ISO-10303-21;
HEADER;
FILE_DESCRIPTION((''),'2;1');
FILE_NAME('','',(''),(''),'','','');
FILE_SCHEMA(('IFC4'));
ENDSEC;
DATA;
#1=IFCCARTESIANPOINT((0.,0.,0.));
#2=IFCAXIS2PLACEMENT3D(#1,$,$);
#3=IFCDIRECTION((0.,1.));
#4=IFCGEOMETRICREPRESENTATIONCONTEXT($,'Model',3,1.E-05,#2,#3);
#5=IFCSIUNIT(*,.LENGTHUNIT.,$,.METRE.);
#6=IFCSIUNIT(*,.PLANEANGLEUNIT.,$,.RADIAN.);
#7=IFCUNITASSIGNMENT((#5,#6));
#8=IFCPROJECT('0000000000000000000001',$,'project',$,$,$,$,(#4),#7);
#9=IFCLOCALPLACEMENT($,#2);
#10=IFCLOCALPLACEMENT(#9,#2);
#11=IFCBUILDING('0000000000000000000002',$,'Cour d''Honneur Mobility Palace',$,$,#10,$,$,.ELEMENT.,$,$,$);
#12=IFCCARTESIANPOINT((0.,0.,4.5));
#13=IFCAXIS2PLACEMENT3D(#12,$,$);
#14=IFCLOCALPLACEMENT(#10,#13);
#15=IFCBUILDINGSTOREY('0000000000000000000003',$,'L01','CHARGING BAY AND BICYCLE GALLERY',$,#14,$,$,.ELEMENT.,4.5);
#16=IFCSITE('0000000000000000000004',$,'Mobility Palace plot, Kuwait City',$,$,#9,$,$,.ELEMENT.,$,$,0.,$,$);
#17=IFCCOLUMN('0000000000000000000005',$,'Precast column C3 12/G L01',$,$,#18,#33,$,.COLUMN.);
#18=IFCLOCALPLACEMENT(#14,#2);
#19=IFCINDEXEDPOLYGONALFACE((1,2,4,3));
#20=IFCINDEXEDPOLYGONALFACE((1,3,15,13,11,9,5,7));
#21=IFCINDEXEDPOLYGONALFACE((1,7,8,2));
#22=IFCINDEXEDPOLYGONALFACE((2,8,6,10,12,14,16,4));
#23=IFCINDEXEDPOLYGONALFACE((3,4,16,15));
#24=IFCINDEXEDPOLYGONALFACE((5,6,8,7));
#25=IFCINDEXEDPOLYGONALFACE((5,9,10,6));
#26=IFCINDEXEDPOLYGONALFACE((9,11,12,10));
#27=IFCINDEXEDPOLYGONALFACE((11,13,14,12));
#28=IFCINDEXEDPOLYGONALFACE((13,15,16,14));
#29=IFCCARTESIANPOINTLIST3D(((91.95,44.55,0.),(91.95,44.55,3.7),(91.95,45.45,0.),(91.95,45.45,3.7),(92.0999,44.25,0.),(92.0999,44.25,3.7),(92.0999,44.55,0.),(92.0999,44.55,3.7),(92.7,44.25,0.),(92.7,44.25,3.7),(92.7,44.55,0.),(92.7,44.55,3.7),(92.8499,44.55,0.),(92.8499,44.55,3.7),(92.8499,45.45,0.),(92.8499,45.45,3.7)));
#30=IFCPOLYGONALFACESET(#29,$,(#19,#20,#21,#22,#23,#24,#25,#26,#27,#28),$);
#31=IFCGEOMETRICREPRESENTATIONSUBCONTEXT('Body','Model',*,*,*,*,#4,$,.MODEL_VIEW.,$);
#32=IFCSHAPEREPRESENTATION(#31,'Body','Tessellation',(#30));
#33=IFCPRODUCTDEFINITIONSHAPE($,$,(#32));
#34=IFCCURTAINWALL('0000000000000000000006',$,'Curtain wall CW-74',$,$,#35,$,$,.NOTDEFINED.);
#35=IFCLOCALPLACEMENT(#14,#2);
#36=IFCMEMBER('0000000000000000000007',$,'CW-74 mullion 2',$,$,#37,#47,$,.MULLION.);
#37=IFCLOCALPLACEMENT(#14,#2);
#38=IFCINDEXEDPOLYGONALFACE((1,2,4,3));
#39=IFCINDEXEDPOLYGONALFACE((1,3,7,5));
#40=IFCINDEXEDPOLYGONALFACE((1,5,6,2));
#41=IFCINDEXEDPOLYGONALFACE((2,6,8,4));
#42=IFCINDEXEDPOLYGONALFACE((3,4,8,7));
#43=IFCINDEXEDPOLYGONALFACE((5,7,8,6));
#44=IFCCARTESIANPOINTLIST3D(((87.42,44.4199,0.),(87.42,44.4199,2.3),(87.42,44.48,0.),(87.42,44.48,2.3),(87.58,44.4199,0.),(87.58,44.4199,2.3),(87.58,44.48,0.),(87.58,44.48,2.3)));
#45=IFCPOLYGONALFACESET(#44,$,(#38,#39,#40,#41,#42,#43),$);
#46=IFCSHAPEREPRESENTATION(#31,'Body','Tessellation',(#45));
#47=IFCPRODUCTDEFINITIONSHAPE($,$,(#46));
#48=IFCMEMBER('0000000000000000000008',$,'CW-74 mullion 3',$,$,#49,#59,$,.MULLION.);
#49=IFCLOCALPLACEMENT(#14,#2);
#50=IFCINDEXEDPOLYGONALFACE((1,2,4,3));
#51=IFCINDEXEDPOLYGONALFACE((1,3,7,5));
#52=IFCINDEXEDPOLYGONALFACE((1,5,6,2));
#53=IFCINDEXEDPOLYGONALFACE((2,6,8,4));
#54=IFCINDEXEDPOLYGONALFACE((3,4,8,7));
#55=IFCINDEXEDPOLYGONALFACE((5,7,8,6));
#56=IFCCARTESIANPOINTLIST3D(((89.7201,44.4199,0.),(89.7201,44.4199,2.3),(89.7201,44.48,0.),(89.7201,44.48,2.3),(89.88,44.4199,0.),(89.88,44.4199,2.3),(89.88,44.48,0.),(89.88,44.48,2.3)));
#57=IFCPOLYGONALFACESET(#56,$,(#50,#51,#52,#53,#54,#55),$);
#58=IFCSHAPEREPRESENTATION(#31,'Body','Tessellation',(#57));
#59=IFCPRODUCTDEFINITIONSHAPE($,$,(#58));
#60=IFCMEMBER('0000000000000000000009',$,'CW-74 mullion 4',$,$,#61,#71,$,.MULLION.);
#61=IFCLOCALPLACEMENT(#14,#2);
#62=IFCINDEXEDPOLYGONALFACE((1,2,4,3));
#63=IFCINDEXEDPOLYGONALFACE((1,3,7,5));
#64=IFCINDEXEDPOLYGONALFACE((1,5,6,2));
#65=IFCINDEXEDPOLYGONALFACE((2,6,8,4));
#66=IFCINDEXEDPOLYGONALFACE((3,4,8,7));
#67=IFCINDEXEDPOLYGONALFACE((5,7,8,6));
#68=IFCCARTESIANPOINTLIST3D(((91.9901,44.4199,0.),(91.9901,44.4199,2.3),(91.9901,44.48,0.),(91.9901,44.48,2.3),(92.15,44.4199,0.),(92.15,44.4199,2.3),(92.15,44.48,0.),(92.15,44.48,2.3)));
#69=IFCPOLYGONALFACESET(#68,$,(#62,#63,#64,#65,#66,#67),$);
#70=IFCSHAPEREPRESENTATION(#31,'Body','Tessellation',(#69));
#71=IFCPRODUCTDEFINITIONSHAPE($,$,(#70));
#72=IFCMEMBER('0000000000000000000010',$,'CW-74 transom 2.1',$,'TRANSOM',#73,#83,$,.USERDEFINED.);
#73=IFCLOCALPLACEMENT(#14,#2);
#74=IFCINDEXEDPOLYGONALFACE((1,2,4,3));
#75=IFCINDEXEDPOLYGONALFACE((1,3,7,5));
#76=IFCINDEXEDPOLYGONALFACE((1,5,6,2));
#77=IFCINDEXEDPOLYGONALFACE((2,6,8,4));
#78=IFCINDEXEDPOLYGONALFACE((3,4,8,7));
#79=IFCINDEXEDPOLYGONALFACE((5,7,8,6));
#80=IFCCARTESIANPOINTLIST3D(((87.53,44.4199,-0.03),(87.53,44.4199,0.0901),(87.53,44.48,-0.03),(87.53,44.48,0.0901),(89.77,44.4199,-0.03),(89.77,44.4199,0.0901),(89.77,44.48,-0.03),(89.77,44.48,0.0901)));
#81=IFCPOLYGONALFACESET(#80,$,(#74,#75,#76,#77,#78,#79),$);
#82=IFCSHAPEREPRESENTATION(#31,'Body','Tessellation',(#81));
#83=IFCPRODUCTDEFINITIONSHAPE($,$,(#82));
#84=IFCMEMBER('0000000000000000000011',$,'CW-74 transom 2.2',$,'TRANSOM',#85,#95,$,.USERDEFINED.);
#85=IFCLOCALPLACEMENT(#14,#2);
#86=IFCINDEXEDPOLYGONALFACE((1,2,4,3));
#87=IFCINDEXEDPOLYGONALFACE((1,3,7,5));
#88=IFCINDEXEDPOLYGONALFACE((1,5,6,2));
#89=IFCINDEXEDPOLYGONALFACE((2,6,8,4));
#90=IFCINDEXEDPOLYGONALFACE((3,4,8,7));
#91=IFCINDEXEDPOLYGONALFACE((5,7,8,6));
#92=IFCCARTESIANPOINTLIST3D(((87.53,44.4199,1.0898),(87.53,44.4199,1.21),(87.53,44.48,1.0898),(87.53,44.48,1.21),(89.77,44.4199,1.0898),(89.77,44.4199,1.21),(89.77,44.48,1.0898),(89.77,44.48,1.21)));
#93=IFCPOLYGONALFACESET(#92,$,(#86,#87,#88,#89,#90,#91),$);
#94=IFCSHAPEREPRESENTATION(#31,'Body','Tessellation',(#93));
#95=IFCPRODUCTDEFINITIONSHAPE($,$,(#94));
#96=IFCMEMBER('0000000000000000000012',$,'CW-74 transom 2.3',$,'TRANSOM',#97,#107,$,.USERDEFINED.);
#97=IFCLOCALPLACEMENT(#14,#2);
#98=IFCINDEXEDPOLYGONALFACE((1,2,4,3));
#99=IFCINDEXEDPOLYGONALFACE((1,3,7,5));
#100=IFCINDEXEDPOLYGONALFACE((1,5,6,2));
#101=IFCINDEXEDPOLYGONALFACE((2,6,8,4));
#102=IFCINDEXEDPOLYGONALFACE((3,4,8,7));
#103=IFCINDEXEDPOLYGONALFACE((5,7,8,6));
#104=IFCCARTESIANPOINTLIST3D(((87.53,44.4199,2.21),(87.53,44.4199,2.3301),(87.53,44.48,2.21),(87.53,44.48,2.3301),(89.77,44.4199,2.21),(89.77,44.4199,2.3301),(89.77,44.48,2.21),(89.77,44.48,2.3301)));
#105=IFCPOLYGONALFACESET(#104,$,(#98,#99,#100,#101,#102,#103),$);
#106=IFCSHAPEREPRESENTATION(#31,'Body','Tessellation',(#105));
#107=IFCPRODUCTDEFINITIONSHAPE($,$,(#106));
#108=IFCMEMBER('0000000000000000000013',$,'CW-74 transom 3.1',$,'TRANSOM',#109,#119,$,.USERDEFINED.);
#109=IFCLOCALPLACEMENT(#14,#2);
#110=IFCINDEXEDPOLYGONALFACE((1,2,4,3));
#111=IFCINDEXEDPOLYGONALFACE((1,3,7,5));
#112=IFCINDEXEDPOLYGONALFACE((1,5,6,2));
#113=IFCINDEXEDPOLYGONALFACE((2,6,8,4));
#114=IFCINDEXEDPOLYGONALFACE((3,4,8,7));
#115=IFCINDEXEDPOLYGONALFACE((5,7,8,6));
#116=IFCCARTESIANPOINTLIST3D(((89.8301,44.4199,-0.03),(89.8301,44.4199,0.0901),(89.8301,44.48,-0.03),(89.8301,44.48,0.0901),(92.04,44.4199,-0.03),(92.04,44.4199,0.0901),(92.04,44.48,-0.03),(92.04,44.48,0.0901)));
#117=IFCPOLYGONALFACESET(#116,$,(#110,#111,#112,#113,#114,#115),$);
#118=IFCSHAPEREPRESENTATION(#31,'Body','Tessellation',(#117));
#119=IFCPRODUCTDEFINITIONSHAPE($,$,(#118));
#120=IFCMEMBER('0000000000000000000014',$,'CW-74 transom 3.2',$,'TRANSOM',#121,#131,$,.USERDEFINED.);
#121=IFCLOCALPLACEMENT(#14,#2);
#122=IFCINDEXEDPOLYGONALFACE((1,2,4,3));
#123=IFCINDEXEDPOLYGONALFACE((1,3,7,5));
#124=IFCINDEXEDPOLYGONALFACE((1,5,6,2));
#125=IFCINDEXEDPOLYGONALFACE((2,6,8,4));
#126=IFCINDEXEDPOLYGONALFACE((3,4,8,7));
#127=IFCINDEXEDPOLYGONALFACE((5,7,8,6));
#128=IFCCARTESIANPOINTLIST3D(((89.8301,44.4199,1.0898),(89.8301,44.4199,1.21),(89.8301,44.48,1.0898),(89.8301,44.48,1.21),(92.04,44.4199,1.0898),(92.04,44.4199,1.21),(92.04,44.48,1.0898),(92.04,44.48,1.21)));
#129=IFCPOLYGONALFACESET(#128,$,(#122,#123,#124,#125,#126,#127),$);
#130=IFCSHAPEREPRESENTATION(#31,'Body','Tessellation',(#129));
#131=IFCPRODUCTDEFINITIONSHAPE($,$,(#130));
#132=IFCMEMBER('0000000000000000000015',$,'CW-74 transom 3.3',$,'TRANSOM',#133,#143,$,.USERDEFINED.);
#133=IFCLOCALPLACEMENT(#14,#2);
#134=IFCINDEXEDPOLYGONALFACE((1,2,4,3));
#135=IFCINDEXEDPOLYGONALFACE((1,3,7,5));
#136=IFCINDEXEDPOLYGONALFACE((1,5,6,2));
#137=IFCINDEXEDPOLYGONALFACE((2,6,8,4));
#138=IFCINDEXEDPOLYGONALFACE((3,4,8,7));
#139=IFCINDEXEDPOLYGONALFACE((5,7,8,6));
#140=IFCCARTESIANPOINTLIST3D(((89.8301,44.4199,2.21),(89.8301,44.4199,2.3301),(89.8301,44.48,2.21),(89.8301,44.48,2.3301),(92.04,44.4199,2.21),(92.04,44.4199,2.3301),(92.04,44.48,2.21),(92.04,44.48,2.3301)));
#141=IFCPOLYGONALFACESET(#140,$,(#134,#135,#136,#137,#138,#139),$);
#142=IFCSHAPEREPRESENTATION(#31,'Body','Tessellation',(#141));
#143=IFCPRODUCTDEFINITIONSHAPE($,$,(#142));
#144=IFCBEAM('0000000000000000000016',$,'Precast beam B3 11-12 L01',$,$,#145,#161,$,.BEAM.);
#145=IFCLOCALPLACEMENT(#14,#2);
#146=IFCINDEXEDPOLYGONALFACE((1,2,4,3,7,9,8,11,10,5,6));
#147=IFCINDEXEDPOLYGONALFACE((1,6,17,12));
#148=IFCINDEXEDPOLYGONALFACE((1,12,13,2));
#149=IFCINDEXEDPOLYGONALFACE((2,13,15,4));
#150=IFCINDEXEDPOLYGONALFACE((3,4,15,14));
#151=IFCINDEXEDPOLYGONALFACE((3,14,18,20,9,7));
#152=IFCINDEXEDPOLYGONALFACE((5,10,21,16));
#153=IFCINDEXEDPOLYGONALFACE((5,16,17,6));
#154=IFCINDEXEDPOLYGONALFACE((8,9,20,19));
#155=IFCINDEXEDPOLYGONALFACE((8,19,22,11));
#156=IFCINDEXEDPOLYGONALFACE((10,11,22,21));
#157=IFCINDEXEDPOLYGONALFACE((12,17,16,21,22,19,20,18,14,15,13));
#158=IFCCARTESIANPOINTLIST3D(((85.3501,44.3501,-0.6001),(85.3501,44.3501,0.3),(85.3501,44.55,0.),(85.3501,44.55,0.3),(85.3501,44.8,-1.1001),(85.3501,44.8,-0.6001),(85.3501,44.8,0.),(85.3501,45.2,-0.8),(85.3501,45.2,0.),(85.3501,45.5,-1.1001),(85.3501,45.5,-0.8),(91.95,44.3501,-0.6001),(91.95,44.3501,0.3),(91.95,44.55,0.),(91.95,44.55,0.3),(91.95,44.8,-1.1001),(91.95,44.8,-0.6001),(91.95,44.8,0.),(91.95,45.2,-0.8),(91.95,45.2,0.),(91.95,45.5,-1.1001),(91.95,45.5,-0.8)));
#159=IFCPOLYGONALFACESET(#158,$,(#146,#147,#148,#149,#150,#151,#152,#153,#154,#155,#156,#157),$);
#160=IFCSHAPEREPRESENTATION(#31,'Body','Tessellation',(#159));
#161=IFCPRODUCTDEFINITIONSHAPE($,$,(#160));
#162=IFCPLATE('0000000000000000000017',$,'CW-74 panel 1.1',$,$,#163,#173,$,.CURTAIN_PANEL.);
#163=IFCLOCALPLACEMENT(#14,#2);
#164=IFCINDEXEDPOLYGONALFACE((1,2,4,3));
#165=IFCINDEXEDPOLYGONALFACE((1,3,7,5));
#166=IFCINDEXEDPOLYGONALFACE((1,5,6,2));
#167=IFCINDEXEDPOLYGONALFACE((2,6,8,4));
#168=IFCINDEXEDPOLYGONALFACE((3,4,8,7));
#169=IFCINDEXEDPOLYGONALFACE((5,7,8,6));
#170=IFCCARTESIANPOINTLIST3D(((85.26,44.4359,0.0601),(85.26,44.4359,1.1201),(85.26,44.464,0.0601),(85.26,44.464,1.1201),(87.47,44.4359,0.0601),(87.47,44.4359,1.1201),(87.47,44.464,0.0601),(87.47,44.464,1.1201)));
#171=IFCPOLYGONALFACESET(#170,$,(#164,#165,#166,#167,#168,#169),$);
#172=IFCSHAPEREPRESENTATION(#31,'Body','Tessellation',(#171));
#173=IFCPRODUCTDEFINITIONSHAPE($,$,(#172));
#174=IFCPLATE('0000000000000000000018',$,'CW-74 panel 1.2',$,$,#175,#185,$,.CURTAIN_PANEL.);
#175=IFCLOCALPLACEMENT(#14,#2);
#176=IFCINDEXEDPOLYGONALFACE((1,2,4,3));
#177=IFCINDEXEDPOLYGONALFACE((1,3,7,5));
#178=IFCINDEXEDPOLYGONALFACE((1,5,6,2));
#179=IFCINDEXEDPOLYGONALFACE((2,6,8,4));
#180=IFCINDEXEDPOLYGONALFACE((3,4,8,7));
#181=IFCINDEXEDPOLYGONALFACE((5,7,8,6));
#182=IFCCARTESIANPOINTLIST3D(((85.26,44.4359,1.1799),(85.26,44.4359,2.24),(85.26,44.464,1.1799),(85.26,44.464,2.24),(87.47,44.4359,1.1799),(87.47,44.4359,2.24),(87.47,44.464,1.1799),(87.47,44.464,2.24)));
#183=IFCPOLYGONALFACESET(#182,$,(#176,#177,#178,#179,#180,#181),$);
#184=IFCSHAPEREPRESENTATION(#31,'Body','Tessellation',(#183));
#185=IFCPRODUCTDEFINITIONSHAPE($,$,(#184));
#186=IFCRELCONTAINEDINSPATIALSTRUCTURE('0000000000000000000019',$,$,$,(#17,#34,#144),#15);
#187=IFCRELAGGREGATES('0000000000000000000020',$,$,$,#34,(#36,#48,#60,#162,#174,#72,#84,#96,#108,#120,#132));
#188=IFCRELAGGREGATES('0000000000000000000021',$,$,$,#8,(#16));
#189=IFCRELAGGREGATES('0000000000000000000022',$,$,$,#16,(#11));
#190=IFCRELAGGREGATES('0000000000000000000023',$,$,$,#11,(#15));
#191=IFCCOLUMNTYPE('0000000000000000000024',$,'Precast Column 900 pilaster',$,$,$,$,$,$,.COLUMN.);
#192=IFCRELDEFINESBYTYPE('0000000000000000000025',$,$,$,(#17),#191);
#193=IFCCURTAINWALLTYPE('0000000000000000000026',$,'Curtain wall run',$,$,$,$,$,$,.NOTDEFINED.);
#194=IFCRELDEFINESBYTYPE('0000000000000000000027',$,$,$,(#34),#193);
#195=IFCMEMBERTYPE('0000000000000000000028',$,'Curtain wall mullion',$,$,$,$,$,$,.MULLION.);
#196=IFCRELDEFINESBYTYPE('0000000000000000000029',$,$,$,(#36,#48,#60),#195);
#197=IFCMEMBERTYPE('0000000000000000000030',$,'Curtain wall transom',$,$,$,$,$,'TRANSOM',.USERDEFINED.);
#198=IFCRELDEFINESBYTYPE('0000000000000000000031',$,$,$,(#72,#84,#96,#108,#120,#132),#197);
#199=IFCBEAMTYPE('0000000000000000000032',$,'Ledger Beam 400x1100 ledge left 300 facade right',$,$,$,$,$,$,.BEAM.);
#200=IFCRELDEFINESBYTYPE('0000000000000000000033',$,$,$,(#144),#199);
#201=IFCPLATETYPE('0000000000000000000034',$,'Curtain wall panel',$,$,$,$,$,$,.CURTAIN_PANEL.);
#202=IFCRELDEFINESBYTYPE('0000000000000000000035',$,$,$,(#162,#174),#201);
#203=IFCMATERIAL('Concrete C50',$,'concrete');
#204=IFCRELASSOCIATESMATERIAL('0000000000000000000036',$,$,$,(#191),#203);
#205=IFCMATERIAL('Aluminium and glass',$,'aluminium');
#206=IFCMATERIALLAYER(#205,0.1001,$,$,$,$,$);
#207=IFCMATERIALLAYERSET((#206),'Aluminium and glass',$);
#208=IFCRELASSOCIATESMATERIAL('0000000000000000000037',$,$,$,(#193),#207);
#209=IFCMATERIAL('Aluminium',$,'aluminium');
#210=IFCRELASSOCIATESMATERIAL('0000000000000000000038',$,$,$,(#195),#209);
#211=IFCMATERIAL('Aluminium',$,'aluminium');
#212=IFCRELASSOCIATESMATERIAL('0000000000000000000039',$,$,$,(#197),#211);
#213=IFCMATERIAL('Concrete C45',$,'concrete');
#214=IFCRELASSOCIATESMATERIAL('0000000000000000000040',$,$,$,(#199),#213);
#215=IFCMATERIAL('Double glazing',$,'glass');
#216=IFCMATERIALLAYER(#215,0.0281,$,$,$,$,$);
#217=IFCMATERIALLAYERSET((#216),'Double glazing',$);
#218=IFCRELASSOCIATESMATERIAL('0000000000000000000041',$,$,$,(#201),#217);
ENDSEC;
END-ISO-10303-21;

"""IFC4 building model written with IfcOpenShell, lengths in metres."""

from ifc_helpers import new_model, si_unit, direction, frame, origin, origin_2d, place, context, subcontext, project, spatial, polyline, rectangle, outline, extrude, material, layer, layer_set, material_profile, profile_set, type_object, element, aggregate, save


model = new_model("IFC4")

# Units and contexts
model_context = context("Model", 3, precision=1e-05, world=origin(), true_north=direction((0.0, 1.0)))
body_context = subcontext(model_context, "Body", "Model", "MODEL_VIEW")
ifc_project = project(units=[si_unit("LENGTHUNIT", "METRE"), si_unit("PLANEANGLEUNIT", "RADIAN")], contexts=[model_context])

# Site, building, storey
site_placement = place(None, origin())
site = spatial("IfcSite", under=ifc_project, at=site_placement, Name="Mobility Palace plot, Kuwait City", CompositionType="ELEMENT", RefElevation=0.0)
building_placement = place(site_placement, origin())
building = spatial("IfcBuilding", under=site, at=building_placement, Name="Cour d'Honneur Mobility Palace", CompositionType="ELEMENT")
storey_placement = place(building_placement, frame((0.0, 0.0, 4.5)))
storey = spatial("IfcBuildingStorey", under=building, at=storey_placement, Name="L01", Description="CHARGING BAY AND BICYCLE GALLERY", CompositionType="ELEMENT", Elevation=4.5)

# Column
ifc_material_1 = material(Name="Concrete C50", Category="concrete")
ifc_material_profile_1 = material_profile(ifc_material_1, outline(polyline([(-0.45, -0.45), (0.45, -0.45), (0.45, -0.3), (0.75, -0.3), (0.75, 0.3), (0.45, 0.3), (0.45, 0.45), (-0.45, 0.45), (-0.45, -0.45)])), Name="PC C900 pilaster")
ifc_profile_set_1 = profile_set([ifc_material_profile_1], Name="Concrete C50")
column_type = type_object("IfcColumnType", Name="Precast Column 900 pilaster", PredefinedType="COLUMN", material=ifc_profile_set_1)
column_placement = place(storey_placement, frame((92.3999, 45.0, 0.0), z_axis=(0.0, 0.0, 1.0), x_axis=(0.0, -1.0, 0.0)))
element("IfcColumn", 1, at=column_placement, inside=storey, type_object=column_type, Name="Precast column C3 12/G L01", PredefinedType="COLUMN", context=body_context, shape_type="SweptSolid", body=[
    extrude(outline(polyline([(-0.45, -0.45), (0.45, -0.45), (0.45, -0.3), (0.75, -0.3), (0.75, 0.3), (0.45, 0.3), (0.45, 0.45), (-0.45, 0.45), (-0.45, -0.45)])), origin(), (0.0, 0.0, 1.0), 3.7),
])

# Curtain wall, members
ifc_material_2 = material(Name="Aluminium and glass", Category="aluminium")
ifc_layer_1 = layer(ifc_material_2, 0.1001)
ifc_layer_set_1 = layer_set([ifc_layer_1], Name="Aluminium and glass")
curtain_wall_type = type_object("IfcCurtainWallType", Name="Curtain wall run", PredefinedType="NOTDEFINED", material=ifc_layer_set_1)
curtain_wall_placement = place(storey_placement, origin())
curtain_wall = element("IfcCurtainWall", 2, at=curtain_wall_placement, inside=storey, type_object=curtain_wall_type, Name="Curtain wall CW-74", PredefinedType="NOTDEFINED")
ifc_material_3 = material(Name="Aluminium", Category="aluminium")
ifc_material_profile_2 = material_profile(ifc_material_3, rectangle(XDim=0.0601, YDim=0.1599, at=origin_2d()), Name="Curtain wall mullion")
ifc_profile_set_2 = profile_set([ifc_material_profile_2], Name="Aluminium")
member_type_1 = type_object("IfcMemberType", Name="Curtain wall mullion", PredefinedType="MULLION", material=ifc_profile_set_2)
member_1_placement = place(storey_placement, frame((87.5, 44.45, 0.0), z_axis=(0.0, 0.0, 1.0), x_axis=(0.0, 1.0, 0.0)))
member_1 = element("IfcMember", 3, at=member_1_placement, type_object=member_type_1, Name="CW-74 mullion 2", PredefinedType="MULLION", context=body_context, shape_type="SweptSolid", body=[
    extrude(rectangle(XDim=0.0601, YDim=0.1599, at=origin_2d()), origin(), (0.0, 0.0, 1.0), 2.3),
])
member_2_placement = place(storey_placement, frame((89.8, 44.45, 0.0), z_axis=(0.0, 0.0, 1.0), x_axis=(0.0, 1.0, 0.0)))
member_2 = element("IfcMember", 4, at=member_2_placement, type_object=member_type_1, Name="CW-74 mullion 3", PredefinedType="MULLION", context=body_context, shape_type="SweptSolid", body=[
    extrude(rectangle(XDim=0.0601, YDim=0.1599, at=origin_2d()), origin(), (0.0, 0.0, 1.0), 2.3),
])
member_3_placement = place(storey_placement, frame((92.0701, 44.45, 0.0), z_axis=(0.0, 0.0, 1.0), x_axis=(0.0, 1.0, 0.0)))
member_3 = element("IfcMember", 5, at=member_3_placement, type_object=member_type_1, Name="CW-74 mullion 4", PredefinedType="MULLION", context=body_context, shape_type="SweptSolid", body=[
    extrude(rectangle(XDim=0.0601, YDim=0.1599, at=origin_2d()), origin(), (0.0, 0.0, 1.0), 2.3),
])
ifc_material_4 = material(Name="Aluminium", Category="aluminium")
ifc_material_profile_3 = material_profile(ifc_material_4, rectangle(XDim=0.0601, YDim=0.1201, at=origin_2d()), Name="Curtain wall transom")
ifc_profile_set_3 = profile_set([ifc_material_profile_3], Name="Aluminium")
member_type_2 = type_object("IfcMemberType", Name="Curtain wall transom", ElementType="TRANSOM", PredefinedType="USERDEFINED", material=ifc_profile_set_3)
member_4_placement = place(storey_placement, frame((87.53, 44.45, 0.03), z_axis=(1.0, 0.0, 0.0), x_axis=(0.0, 1.0, 0.0)))
member_4 = element("IfcMember", 6, at=member_4_placement, type_object=member_type_2, Name="CW-74 transom 2.1", ObjectType="TRANSOM", PredefinedType="USERDEFINED", context=body_context, shape_type="SweptSolid", body=[
    extrude(rectangle(XDim=0.0601, YDim=0.1201, at=origin_2d()), origin(), (0.0, 0.0, 1.0), 2.24),
])
member_5_placement = place(storey_placement, frame((87.53, 44.45, 1.1499), z_axis=(1.0, 0.0, 0.0), x_axis=(0.0, 1.0, 0.0)))
member_5 = element("IfcMember", 7, at=member_5_placement, type_object=member_type_2, Name="CW-74 transom 2.2", ObjectType="TRANSOM", PredefinedType="USERDEFINED", context=body_context, shape_type="SweptSolid", body=[
    extrude(rectangle(XDim=0.0601, YDim=0.1201, at=origin_2d()), origin(), (0.0, 0.0, 1.0), 2.24),
])
member_6_placement = place(storey_placement, frame((87.53, 44.45, 2.27), z_axis=(1.0, 0.0, 0.0), x_axis=(0.0, 1.0, 0.0)))
member_6 = element("IfcMember", 8, at=member_6_placement, type_object=member_type_2, Name="CW-74 transom 2.3", ObjectType="TRANSOM", PredefinedType="USERDEFINED", context=body_context, shape_type="SweptSolid", body=[
    extrude(rectangle(XDim=0.0601, YDim=0.1201, at=origin_2d()), origin(), (0.0, 0.0, 1.0), 2.24),
])
member_7_placement = place(storey_placement, frame((89.8301, 44.45, 0.03), z_axis=(1.0, 0.0, 0.0), x_axis=(0.0, 1.0, 0.0)))
member_7 = element("IfcMember", 9, at=member_7_placement, type_object=member_type_2, Name="CW-74 transom 3.1", ObjectType="TRANSOM", PredefinedType="USERDEFINED", context=body_context, shape_type="SweptSolid", body=[
    extrude(rectangle(XDim=0.0601, YDim=0.1201, at=origin_2d()), origin(), (0.0, 0.0, 1.0), 2.21),
])
member_8_placement = place(storey_placement, frame((89.8301, 44.45, 1.1499), z_axis=(1.0, 0.0, 0.0), x_axis=(0.0, 1.0, 0.0)))
member_8 = element("IfcMember", 10, at=member_8_placement, type_object=member_type_2, Name="CW-74 transom 3.2", ObjectType="TRANSOM", PredefinedType="USERDEFINED", context=body_context, shape_type="SweptSolid", body=[
    extrude(rectangle(XDim=0.0601, YDim=0.1201, at=origin_2d()), origin(), (0.0, 0.0, 1.0), 2.21),
])
member_9_placement = place(storey_placement, frame((89.8301, 44.45, 2.27), z_axis=(1.0, 0.0, 0.0), x_axis=(0.0, 1.0, 0.0)))
member_9 = element("IfcMember", 11, at=member_9_placement, type_object=member_type_2, Name="CW-74 transom 3.3", ObjectType="TRANSOM", PredefinedType="USERDEFINED", context=body_context, shape_type="SweptSolid", body=[
    extrude(rectangle(XDim=0.0601, YDim=0.1201, at=origin_2d()), origin(), (0.0, 0.0, 1.0), 2.21),
])

# Beam
ifc_material_5 = material(Name="Concrete C45", Category="concrete")
ifc_material_profile_4 = material_profile(ifc_material_5, outline(polyline([(0.5, -1.1001), (0.5, -0.8), (0.2, -0.8), (0.2, 0.0), (-0.2, 0.0), (-0.45, 0.0), (-0.45, 0.3), (-0.6499, 0.3), (-0.6499, -0.6001), (-0.2, -0.6001), (-0.2, -1.1001), (0.5, -1.1001)])), Name="Ledger Beam 400x1100 ledge left 300 facade right")
ifc_profile_set_4 = profile_set([ifc_material_profile_4], Name="Concrete C45")
beam_type = type_object("IfcBeamType", Name="Ledger Beam 400x1100 ledge left 300 facade right", PredefinedType="BEAM", material=ifc_profile_set_4)
beam_placement = place(storey_placement, frame((85.3501, 45.0, 0.0), z_axis=(1.0, 0.0, 0.0), x_axis=(0.0, 1.0, 0.0)))
element("IfcBeam", 12, at=beam_placement, inside=storey, type_object=beam_type, Name="Precast beam B3 11-12 L01", PredefinedType="BEAM", context=body_context, shape_type="SweptSolid", body=[
    extrude(outline(polyline([(0.5, -1.1001), (0.5, -0.8), (0.2, -0.8), (0.2, 0.0), (-0.2, 0.0), (-0.45, 0.0), (-0.45, 0.3), (-0.6499, 0.3), (-0.6499, -0.6001), (-0.2, -0.6001), (-0.2, -1.1001), (0.5, -1.1001)])), origin(), (0.0, 0.0, 1.0), 6.5999),
])

# Plates
ifc_material_6 = material(Name="Double glazing", Category="glass")
ifc_layer_2 = layer(ifc_material_6, 0.0281)
ifc_layer_set_2 = layer_set([ifc_layer_2], Name="Double glazing")
plate_type = type_object("IfcPlateType", Name="Curtain wall panel", PredefinedType="CURTAIN_PANEL", material=ifc_layer_set_2)
plate_1_placement = place(storey_placement, frame((86.365, 44.45, 0.0601), z_axis=(0.0, 0.0, 1.0), x_axis=(1.0, 0.0, 0.0)))
plate_1 = element("IfcPlate", 13, at=plate_1_placement, type_object=plate_type, Name="CW-74 panel 1.1", PredefinedType="CURTAIN_PANEL", context=body_context, shape_type="SweptSolid", body=[
    extrude(rectangle(XDim=2.21, YDim=0.0281, at=origin_2d()), origin(), (0.0, 0.0, 1.0), 1.0601),
])
plate_2_placement = place(storey_placement, frame((86.365, 44.45, 1.1799), z_axis=(0.0, 0.0, 1.0), x_axis=(1.0, 0.0, 0.0)))
plate_2 = element("IfcPlate", 14, at=plate_2_placement, type_object=plate_type, Name="CW-74 panel 1.2", PredefinedType="CURTAIN_PANEL", context=body_context, shape_type="SweptSolid", body=[
    extrude(rectangle(XDim=2.21, YDim=0.0281, at=origin_2d()), origin(), (0.0, 0.0, 1.0), 1.0601),
])
aggregate(curtain_wall, [member_1, member_2, member_3, plate_1, plate_2, member_4, member_5, member_6, member_7, member_8, member_9])

save(model, "model.ifc")
